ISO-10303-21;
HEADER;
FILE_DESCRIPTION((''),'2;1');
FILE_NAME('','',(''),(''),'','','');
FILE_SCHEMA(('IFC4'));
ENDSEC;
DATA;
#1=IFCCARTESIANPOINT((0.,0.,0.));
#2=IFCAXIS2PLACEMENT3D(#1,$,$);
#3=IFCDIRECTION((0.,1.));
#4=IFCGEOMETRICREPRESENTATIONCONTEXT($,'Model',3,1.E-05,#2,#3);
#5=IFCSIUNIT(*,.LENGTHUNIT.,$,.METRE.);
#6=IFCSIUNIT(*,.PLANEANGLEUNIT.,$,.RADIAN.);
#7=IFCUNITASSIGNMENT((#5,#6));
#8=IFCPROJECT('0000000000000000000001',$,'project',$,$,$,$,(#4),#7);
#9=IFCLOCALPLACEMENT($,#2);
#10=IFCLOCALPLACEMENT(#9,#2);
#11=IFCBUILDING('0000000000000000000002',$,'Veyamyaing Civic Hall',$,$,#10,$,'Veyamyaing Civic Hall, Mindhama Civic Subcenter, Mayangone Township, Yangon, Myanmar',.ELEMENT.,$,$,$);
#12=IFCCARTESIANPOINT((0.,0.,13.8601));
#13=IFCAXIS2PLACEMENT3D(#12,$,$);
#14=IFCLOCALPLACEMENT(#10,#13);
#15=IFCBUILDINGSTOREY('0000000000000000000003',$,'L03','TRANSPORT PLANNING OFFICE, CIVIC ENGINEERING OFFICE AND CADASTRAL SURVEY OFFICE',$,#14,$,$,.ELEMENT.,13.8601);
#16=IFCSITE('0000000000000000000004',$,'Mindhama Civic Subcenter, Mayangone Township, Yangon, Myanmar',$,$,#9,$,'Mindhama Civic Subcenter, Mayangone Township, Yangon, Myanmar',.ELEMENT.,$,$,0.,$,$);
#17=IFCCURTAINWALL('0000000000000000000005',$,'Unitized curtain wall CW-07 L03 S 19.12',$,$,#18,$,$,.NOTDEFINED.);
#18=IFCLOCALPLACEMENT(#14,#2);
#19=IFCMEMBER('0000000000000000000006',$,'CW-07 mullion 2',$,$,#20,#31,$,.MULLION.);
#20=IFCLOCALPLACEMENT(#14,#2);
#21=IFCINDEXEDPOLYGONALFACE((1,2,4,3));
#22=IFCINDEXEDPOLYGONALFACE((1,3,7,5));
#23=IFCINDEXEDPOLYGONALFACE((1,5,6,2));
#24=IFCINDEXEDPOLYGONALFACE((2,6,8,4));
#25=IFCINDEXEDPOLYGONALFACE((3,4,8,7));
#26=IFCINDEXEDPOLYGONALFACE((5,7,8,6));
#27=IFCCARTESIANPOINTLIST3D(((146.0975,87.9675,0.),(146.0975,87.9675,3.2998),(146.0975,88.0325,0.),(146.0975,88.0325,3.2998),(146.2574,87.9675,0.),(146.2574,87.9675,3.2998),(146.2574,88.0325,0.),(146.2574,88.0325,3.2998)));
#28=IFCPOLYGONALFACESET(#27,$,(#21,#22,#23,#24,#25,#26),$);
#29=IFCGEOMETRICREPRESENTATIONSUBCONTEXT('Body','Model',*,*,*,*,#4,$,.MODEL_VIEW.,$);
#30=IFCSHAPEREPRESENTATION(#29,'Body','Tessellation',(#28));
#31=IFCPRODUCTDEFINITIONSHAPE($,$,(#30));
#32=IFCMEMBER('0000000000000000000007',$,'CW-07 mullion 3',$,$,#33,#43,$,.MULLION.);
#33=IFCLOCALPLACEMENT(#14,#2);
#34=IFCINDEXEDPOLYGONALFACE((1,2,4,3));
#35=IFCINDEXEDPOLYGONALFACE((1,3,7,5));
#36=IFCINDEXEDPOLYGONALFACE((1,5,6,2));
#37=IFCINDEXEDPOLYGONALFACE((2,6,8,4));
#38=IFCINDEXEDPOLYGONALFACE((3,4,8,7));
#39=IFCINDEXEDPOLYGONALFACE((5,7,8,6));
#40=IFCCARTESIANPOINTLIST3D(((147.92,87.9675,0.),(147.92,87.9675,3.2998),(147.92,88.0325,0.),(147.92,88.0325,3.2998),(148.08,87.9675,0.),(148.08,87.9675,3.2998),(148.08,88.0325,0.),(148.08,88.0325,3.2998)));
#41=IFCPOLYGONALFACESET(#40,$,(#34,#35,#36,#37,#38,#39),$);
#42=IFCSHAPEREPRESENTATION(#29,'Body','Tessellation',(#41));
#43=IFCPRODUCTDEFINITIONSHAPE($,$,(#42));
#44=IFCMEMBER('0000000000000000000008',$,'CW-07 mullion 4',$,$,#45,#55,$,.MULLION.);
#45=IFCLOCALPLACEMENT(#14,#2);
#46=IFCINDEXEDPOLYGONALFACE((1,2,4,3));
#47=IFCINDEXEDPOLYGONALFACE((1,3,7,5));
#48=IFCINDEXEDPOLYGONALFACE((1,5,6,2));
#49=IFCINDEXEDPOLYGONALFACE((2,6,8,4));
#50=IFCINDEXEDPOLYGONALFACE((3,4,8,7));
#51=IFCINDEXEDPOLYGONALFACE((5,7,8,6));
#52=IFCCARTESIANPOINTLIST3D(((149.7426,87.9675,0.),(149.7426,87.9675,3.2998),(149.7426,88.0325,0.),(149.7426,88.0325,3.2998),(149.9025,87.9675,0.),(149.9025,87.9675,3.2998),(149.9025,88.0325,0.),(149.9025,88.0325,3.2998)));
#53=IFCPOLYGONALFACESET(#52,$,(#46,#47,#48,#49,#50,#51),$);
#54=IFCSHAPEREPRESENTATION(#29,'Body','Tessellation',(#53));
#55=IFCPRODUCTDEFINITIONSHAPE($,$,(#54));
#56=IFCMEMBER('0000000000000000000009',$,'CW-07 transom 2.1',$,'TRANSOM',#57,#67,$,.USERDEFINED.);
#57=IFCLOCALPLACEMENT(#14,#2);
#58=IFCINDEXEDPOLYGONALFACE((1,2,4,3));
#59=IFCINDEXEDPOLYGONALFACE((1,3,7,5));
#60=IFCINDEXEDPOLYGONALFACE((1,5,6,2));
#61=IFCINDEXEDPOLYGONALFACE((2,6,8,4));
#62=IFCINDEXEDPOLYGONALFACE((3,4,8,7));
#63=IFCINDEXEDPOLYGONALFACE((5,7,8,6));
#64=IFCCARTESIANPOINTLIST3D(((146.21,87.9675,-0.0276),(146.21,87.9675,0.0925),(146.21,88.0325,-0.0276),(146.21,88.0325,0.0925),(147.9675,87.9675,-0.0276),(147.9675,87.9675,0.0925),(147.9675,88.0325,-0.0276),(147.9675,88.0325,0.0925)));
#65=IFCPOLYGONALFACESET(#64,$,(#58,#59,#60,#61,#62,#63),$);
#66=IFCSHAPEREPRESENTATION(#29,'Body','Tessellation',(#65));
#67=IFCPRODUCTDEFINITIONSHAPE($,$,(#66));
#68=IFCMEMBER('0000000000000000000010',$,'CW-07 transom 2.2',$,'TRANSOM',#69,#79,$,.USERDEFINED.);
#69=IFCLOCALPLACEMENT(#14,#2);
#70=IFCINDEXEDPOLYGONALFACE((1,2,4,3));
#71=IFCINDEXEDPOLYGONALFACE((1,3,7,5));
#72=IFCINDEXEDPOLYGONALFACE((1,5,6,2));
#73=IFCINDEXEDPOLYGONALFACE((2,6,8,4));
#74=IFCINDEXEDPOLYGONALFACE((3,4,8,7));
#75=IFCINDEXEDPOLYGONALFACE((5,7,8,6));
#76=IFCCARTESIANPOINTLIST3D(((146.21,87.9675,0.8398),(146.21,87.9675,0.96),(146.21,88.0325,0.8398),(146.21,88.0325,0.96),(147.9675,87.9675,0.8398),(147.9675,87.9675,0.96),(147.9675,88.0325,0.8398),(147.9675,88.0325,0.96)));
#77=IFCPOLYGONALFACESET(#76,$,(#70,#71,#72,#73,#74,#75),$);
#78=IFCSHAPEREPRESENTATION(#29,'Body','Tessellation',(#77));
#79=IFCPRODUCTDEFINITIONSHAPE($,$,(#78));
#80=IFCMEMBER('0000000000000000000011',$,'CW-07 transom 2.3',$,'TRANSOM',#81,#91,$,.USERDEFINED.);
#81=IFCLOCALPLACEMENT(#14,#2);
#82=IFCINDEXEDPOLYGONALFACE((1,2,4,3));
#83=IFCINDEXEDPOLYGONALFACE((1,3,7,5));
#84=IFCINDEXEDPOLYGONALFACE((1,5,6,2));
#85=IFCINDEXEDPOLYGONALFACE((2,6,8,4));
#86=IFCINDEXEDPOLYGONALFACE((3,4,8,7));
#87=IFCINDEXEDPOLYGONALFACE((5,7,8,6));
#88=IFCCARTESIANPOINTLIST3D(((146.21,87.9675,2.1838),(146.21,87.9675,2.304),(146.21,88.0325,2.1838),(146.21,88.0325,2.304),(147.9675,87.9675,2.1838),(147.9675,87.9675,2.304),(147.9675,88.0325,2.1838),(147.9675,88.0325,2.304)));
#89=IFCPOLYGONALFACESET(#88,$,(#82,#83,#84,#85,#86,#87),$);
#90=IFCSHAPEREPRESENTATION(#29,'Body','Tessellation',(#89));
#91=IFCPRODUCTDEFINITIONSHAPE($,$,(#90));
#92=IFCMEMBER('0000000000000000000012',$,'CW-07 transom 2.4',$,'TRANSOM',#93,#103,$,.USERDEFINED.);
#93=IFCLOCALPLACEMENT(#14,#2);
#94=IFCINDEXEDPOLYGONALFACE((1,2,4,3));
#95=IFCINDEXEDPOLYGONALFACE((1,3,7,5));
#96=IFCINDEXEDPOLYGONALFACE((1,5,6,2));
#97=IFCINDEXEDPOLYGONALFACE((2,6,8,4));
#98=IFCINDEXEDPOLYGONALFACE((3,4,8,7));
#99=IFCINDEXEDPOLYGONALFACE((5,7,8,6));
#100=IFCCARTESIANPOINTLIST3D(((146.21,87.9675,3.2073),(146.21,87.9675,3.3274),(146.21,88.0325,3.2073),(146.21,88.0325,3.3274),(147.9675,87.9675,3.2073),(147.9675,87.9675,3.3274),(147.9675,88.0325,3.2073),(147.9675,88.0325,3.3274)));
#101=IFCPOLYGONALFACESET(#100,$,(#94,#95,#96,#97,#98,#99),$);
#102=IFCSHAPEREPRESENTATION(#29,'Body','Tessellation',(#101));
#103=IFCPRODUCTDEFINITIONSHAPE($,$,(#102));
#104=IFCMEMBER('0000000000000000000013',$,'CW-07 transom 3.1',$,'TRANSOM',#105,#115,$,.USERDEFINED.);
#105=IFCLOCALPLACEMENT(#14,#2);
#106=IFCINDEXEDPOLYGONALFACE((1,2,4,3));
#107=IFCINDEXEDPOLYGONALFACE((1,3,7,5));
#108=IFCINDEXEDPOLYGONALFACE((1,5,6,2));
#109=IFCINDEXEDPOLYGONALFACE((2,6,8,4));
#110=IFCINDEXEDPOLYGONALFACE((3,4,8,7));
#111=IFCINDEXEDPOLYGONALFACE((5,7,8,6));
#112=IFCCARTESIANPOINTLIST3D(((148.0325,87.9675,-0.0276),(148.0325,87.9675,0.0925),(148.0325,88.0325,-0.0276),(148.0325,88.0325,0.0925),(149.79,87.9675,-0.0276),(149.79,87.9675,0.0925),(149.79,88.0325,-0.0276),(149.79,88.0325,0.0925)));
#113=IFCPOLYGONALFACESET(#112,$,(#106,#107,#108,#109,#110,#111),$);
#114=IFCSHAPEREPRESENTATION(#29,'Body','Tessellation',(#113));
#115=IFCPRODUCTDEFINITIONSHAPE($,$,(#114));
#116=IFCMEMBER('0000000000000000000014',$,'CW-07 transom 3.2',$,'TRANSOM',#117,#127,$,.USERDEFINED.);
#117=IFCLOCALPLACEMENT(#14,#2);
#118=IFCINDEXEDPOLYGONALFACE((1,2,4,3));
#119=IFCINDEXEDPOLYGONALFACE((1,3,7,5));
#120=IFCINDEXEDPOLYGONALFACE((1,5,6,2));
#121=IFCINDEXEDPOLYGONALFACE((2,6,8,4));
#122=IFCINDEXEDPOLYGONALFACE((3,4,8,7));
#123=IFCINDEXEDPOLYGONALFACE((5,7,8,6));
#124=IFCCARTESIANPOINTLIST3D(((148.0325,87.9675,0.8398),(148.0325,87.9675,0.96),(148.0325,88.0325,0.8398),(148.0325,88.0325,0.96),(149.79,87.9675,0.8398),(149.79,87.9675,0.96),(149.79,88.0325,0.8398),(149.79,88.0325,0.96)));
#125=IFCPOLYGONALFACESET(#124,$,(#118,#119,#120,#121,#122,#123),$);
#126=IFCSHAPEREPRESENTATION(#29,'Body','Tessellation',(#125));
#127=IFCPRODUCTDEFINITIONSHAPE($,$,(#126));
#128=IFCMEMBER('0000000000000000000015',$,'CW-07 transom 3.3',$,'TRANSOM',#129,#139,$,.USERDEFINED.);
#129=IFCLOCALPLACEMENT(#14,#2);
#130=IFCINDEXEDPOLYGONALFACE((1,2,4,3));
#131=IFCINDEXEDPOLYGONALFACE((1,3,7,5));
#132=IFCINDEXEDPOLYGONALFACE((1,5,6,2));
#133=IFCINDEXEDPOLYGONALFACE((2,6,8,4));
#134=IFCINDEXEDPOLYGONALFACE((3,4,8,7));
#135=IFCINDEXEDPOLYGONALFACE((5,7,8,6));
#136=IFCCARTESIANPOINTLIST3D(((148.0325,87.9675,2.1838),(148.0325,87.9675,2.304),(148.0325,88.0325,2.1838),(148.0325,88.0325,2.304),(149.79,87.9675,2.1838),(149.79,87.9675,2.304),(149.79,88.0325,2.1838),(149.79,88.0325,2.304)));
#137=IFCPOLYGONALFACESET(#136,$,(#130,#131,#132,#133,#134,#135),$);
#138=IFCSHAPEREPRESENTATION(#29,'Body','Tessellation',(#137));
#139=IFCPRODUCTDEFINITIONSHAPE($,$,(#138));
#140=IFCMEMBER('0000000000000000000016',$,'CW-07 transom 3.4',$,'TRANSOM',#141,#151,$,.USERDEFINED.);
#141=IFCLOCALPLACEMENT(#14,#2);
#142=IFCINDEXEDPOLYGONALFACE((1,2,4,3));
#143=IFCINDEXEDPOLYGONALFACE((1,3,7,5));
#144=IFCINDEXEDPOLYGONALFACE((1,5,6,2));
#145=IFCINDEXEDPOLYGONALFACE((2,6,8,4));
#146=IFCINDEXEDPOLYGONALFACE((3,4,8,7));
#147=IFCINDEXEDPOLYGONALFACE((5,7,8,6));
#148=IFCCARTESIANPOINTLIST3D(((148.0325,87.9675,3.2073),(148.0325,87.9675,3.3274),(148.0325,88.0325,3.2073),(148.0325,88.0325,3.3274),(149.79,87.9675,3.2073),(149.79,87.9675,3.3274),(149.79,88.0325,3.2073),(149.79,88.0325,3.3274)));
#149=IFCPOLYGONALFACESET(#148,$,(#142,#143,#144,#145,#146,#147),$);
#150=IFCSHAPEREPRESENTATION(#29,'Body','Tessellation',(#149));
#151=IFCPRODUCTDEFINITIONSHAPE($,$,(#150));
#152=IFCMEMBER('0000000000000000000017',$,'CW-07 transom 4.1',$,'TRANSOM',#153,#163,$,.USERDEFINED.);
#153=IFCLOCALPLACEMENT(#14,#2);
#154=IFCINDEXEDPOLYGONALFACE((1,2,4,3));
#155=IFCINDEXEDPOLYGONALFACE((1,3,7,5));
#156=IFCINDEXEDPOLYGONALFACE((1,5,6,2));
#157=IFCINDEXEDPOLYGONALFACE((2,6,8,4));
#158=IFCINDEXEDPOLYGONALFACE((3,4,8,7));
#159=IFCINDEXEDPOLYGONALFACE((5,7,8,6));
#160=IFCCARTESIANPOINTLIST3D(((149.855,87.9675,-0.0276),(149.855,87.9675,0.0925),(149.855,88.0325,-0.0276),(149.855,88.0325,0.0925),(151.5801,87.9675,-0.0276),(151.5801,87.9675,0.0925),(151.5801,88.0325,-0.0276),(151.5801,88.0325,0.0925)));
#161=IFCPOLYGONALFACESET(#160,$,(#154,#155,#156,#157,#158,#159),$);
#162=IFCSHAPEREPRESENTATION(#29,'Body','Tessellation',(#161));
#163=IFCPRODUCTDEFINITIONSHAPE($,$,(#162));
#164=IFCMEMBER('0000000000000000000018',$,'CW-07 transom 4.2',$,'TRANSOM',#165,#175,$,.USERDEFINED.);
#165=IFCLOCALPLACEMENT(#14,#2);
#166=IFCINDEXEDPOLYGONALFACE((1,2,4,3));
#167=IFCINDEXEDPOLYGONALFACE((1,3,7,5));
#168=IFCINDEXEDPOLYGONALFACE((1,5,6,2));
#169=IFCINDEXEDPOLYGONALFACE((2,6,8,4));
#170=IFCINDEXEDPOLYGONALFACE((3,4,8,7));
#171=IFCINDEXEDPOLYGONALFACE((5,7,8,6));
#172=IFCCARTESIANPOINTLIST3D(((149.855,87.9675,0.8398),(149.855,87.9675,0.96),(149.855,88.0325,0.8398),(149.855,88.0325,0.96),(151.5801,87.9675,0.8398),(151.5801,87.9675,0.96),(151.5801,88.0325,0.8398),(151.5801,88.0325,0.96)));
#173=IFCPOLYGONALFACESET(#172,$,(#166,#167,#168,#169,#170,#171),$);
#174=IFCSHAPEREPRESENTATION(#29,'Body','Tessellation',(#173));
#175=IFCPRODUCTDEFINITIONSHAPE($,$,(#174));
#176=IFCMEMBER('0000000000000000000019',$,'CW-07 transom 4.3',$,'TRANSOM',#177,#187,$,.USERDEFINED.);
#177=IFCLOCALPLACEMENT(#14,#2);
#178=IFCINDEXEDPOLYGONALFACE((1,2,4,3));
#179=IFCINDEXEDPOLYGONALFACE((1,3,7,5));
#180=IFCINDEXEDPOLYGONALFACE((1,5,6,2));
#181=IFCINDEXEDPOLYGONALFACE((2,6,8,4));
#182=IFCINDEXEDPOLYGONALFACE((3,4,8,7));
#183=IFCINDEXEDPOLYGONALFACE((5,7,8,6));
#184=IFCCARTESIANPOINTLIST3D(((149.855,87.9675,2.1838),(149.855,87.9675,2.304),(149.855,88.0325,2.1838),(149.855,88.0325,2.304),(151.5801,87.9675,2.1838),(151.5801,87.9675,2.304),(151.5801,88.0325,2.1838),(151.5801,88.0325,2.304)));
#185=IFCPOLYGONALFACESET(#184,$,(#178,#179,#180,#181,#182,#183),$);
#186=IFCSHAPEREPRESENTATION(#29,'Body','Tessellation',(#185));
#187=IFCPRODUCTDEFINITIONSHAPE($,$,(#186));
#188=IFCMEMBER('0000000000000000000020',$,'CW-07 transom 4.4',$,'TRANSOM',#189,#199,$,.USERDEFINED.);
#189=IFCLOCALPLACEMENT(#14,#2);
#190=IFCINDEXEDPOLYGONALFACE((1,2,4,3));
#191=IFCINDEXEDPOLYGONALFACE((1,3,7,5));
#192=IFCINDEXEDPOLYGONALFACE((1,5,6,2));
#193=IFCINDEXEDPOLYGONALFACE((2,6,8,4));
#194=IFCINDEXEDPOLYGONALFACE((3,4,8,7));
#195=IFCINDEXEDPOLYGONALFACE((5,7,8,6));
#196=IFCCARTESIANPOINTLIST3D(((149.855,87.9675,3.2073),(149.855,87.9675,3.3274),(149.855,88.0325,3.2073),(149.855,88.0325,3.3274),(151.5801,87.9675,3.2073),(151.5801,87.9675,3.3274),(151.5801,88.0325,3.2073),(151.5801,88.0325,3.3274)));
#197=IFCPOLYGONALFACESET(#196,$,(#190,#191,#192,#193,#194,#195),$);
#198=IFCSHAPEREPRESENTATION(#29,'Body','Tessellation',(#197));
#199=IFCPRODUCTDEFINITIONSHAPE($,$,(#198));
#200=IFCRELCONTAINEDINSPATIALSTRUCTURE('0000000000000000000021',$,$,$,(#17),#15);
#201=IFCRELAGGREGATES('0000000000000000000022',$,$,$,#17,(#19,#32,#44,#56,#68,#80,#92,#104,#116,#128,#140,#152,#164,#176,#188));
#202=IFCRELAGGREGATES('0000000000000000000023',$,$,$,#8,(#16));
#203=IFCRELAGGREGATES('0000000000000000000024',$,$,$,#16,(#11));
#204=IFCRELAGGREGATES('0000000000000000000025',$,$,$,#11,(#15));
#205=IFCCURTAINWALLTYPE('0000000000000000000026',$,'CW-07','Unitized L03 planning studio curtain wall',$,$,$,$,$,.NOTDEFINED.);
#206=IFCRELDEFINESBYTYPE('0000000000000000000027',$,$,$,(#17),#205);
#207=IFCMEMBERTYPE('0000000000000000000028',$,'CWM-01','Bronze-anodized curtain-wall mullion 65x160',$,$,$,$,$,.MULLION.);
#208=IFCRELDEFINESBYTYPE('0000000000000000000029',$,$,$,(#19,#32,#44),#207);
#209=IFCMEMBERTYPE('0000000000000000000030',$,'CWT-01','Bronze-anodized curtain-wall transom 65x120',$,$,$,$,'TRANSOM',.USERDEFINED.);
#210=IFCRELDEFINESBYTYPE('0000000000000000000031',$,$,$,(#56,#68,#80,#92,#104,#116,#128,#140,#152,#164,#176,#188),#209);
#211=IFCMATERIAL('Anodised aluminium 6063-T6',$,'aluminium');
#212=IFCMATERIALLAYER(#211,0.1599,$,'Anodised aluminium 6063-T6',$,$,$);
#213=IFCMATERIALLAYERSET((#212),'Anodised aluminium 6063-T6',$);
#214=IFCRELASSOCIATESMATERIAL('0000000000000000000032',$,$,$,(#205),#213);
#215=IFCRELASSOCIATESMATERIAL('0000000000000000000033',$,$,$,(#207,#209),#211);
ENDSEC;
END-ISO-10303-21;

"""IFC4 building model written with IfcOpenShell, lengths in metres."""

from ifc_helpers import new_model, si_unit, direction, frame, origin, origin_2d, place, context, subcontext, project, spatial, rectangle, extrude, material, layer, layer_set, material_profile, profile_set, type_object, element, aggregate, save


model = new_model("IFC4")

# Units and contexts
model_context = context("Model", 3, precision=1e-05, world=origin(), true_north=direction((0.0, 1.0)))
body_context = subcontext(model_context, "Body", "Model", "MODEL_VIEW")
ifc_project = project(units=[si_unit("LENGTHUNIT", "METRE"), si_unit("PLANEANGLEUNIT", "RADIAN")], contexts=[model_context])

# Site, building, storey
site_placement = place(None, origin())
site = spatial("IfcSite", under=ifc_project, at=site_placement, Name="Mindhama Civic Subcenter, Mayangone Township, Yangon, Myanmar", LongName="Mindhama Civic Subcenter, Mayangone Township, Yangon, Myanmar", CompositionType="ELEMENT", RefElevation=0.0)
building_placement = place(site_placement, origin())
building = spatial("IfcBuilding", under=site, at=building_placement, Name="Veyamyaing Civic Hall", LongName="Veyamyaing Civic Hall, Mindhama Civic Subcenter, Mayangone Township, Yangon, Myanmar", CompositionType="ELEMENT")
storey_placement = place(building_placement, frame((0.0, 0.0, 13.8601)))
storey = spatial("IfcBuildingStorey", under=building, at=storey_placement, Name="L03", Description="TRANSPORT PLANNING OFFICE, CIVIC ENGINEERING OFFICE AND CADASTRAL SURVEY OFFICE", CompositionType="ELEMENT", Elevation=13.8601)

# Curtain wall, members
ifc_material_1 = material(Name="Anodised aluminium 6063-T6", Category="aluminium")
ifc_layer_1 = layer(ifc_material_1, 0.1599, Name="Anodised aluminium 6063-T6")
ifc_layer_set_1 = layer_set([ifc_layer_1], Name="Anodised aluminium 6063-T6")
curtain_wall_type = type_object("IfcCurtainWallType", Name="CW-07", Description="Unitized L03 planning studio curtain wall", PredefinedType="NOTDEFINED", material=ifc_layer_set_1)
curtain_wall_placement = place(storey_placement, origin())
curtain_wall = element("IfcCurtainWall", 1, at=curtain_wall_placement, inside=storey, type_object=curtain_wall_type, Name="Unitized curtain wall CW-07 L03 S 19.12", PredefinedType="NOTDEFINED")
ifc_material_profile_1 = material_profile(ifc_material_1, rectangle(XDim=0.0649, YDim=0.1599, at=origin_2d()), Name="ALU-MUL-65X160")
ifc_profile_set_1 = profile_set([ifc_material_profile_1], Name="Anodised aluminium 6063-T6")
member_type_1 = type_object("IfcMemberType", Name="CWM-01", Description="Bronze-anodized curtain-wall mullion 65x160", PredefinedType="MULLION", material=ifc_profile_set_1)
member_1_placement = place(storey_placement, frame((146.1775, 88.0, 0.0), z_axis=(0.0, 0.0, 1.0), x_axis=(0.0, 1.0, 0.0)))
member_1 = element("IfcMember", 2, at=member_1_placement, type_object=member_type_1, Name="CW-07 mullion 2", PredefinedType="MULLION", context=body_context, shape_type="SweptSolid", body=[
    extrude(rectangle(XDim=0.0649, YDim=0.1599, at=origin_2d()), origin(), (0.0, 0.0, 1.0), 3.2998),
])
member_2_placement = place(storey_placement, frame((148.0, 88.0, 0.0), z_axis=(0.0, 0.0, 1.0), x_axis=(0.0, 1.0, 0.0)))
member_2 = element("IfcMember", 3, at=member_2_placement, type_object=member_type_1, Name="CW-07 mullion 3", PredefinedType="MULLION", context=body_context, shape_type="SweptSolid", body=[
    extrude(rectangle(XDim=0.0649, YDim=0.1599, at=origin_2d()), origin(), (0.0, 0.0, 1.0), 3.2998),
])
member_3_placement = place(storey_placement, frame((149.8225, 88.0, 0.0), z_axis=(0.0, 0.0, 1.0), x_axis=(0.0, 1.0, 0.0)))
member_3 = element("IfcMember", 4, at=member_3_placement, type_object=member_type_1, Name="CW-07 mullion 4", PredefinedType="MULLION", context=body_context, shape_type="SweptSolid", body=[
    extrude(rectangle(XDim=0.0649, YDim=0.1599, at=origin_2d()), origin(), (0.0, 0.0, 1.0), 3.2998),
])
ifc_material_profile_2 = material_profile(ifc_material_1, rectangle(XDim=0.0649, YDim=0.1201, at=origin_2d()), Name="ALU-TRN-65X120")
ifc_profile_set_2 = profile_set([ifc_material_profile_2], Name="Anodised aluminium 6063-T6")
member_type_2 = type_object("IfcMemberType", Name="CWT-01", Description="Bronze-anodized curtain-wall transom 65x120", ElementType="TRANSOM", PredefinedType="USERDEFINED", material=ifc_profile_set_2)
member_4_placement = place(storey_placement, frame((146.21, 88.0, 0.0325), z_axis=(1.0, 0.0, 0.0), x_axis=(0.0, 1.0, 0.0)))
member_4 = element("IfcMember", 5, at=member_4_placement, type_object=member_type_2, Name="CW-07 transom 2.1", ObjectType="TRANSOM", PredefinedType="USERDEFINED", context=body_context, shape_type="SweptSolid", body=[
    extrude(rectangle(XDim=0.0649, YDim=0.1201, at=origin_2d()), origin(), (0.0, 0.0, 1.0), 1.7576),
])
member_5_placement = place(storey_placement, frame((146.21, 88.0, 0.8999), z_axis=(1.0, 0.0, 0.0), x_axis=(0.0, 1.0, 0.0)))
member_5 = element("IfcMember", 6, at=member_5_placement, type_object=member_type_2, Name="CW-07 transom 2.2", ObjectType="TRANSOM", PredefinedType="USERDEFINED", context=body_context, shape_type="SweptSolid", body=[
    extrude(rectangle(XDim=0.0649, YDim=0.1201, at=origin_2d()), origin(), (0.0, 0.0, 1.0), 1.7576),
])
member_6_placement = place(storey_placement, frame((146.21, 88.0, 2.2439), z_axis=(1.0, 0.0, 0.0), x_axis=(0.0, 1.0, 0.0)))
member_6 = element("IfcMember", 7, at=member_6_placement, type_object=member_type_2, Name="CW-07 transom 2.3", ObjectType="TRANSOM", PredefinedType="USERDEFINED", context=body_context, shape_type="SweptSolid", body=[
    extrude(rectangle(XDim=0.0649, YDim=0.1201, at=origin_2d()), origin(), (0.0, 0.0, 1.0), 1.7576),
])
member_7_placement = place(storey_placement, frame((146.21, 88.0, 3.2673), z_axis=(1.0, 0.0, 0.0), x_axis=(0.0, 1.0, 0.0)))
member_7 = element("IfcMember", 8, at=member_7_placement, type_object=member_type_2, Name="CW-07 transom 2.4", ObjectType="TRANSOM", PredefinedType="USERDEFINED", context=body_context, shape_type="SweptSolid", body=[
    extrude(rectangle(XDim=0.0649, YDim=0.1201, at=origin_2d()), origin(), (0.0, 0.0, 1.0), 1.7576),
])
member_8_placement = place(storey_placement, frame((148.0325, 88.0, 0.0325), z_axis=(1.0, 0.0, 0.0), x_axis=(0.0, 1.0, 0.0)))
member_8 = element("IfcMember", 9, at=member_8_placement, type_object=member_type_2, Name="CW-07 transom 3.1", ObjectType="TRANSOM", PredefinedType="USERDEFINED", context=body_context, shape_type="SweptSolid", body=[
    extrude(rectangle(XDim=0.0649, YDim=0.1201, at=origin_2d()), origin(), (0.0, 0.0, 1.0), 1.7576),
])
member_9_placement = place(storey_placement, frame((148.0325, 88.0, 0.8999), z_axis=(1.0, 0.0, 0.0), x_axis=(0.0, 1.0, 0.0)))
member_9 = element("IfcMember", 10, at=member_9_placement, type_object=member_type_2, Name="CW-07 transom 3.2", ObjectType="TRANSOM", PredefinedType="USERDEFINED", context=body_context, shape_type="SweptSolid", body=[
    extrude(rectangle(XDim=0.0649, YDim=0.1201, at=origin_2d()), origin(), (0.0, 0.0, 1.0), 1.7576),
])
member_10_placement = place(storey_placement, frame((148.0325, 88.0, 2.2439), z_axis=(1.0, 0.0, 0.0), x_axis=(0.0, 1.0, 0.0)))
member_10 = element("IfcMember", 11, at=member_10_placement, type_object=member_type_2, Name="CW-07 transom 3.3", ObjectType="TRANSOM", PredefinedType="USERDEFINED", context=body_context, shape_type="SweptSolid", body=[
    extrude(rectangle(XDim=0.0649, YDim=0.1201, at=origin_2d()), origin(), (0.0, 0.0, 1.0), 1.7576),
])
member_11_placement = place(storey_placement, frame((148.0325, 88.0, 3.2673), z_axis=(1.0, 0.0, 0.0), x_axis=(0.0, 1.0, 0.0)))
member_11 = element("IfcMember", 12, at=member_11_placement, type_object=member_type_2, Name="CW-07 transom 3.4", ObjectType="TRANSOM", PredefinedType="USERDEFINED", context=body_context, shape_type="SweptSolid", body=[
    extrude(rectangle(XDim=0.0649, YDim=0.1201, at=origin_2d()), origin(), (0.0, 0.0, 1.0), 1.7576),
])
member_12_placement = place(storey_placement, frame((149.855, 88.0, 0.0325), z_axis=(1.0, 0.0, 0.0), x_axis=(0.0, 1.0, 0.0)))
member_12 = element("IfcMember", 13, at=member_12_placement, type_object=member_type_2, Name="CW-07 transom 4.1", ObjectType="TRANSOM", PredefinedType="USERDEFINED", context=body_context, shape_type="SweptSolid", body=[
    extrude(rectangle(XDim=0.0649, YDim=0.1201, at=origin_2d()), origin(), (0.0, 0.0, 1.0), 1.7251),
])
member_13_placement = place(storey_placement, frame((149.855, 88.0, 0.8999), z_axis=(1.0, 0.0, 0.0), x_axis=(0.0, 1.0, 0.0)))
member_13 = element("IfcMember", 14, at=member_13_placement, type_object=member_type_2, Name="CW-07 transom 4.2", ObjectType="TRANSOM", PredefinedType="USERDEFINED", context=body_context, shape_type="SweptSolid", body=[
    extrude(rectangle(XDim=0.0649, YDim=0.1201, at=origin_2d()), origin(), (0.0, 0.0, 1.0), 1.7251),
])
member_14_placement = place(storey_placement, frame((149.855, 88.0, 2.2439), z_axis=(1.0, 0.0, 0.0), x_axis=(0.0, 1.0, 0.0)))
member_14 = element("IfcMember", 15, at=member_14_placement, type_object=member_type_2, Name="CW-07 transom 4.3", ObjectType="TRANSOM", PredefinedType="USERDEFINED", context=body_context, shape_type="SweptSolid", body=[
    extrude(rectangle(XDim=0.0649, YDim=0.1201, at=origin_2d()), origin(), (0.0, 0.0, 1.0), 1.7251),
])
member_15_placement = place(storey_placement, frame((149.855, 88.0, 3.2673), z_axis=(1.0, 0.0, 0.0), x_axis=(0.0, 1.0, 0.0)))
member_15 = element("IfcMember", 16, at=member_15_placement, type_object=member_type_2, Name="CW-07 transom 4.4", ObjectType="TRANSOM", PredefinedType="USERDEFINED", context=body_context, shape_type="SweptSolid", body=[
    extrude(rectangle(XDim=0.0649, YDim=0.1201, at=origin_2d()), origin(), (0.0, 0.0, 1.0), 1.7251),
])
aggregate(curtain_wall, [member_1, member_2, member_3, member_4, member_5, member_6, member_7, member_8, member_9, member_10, member_11, member_12, member_13, member_14, member_15])

save(model, "model.ifc")
